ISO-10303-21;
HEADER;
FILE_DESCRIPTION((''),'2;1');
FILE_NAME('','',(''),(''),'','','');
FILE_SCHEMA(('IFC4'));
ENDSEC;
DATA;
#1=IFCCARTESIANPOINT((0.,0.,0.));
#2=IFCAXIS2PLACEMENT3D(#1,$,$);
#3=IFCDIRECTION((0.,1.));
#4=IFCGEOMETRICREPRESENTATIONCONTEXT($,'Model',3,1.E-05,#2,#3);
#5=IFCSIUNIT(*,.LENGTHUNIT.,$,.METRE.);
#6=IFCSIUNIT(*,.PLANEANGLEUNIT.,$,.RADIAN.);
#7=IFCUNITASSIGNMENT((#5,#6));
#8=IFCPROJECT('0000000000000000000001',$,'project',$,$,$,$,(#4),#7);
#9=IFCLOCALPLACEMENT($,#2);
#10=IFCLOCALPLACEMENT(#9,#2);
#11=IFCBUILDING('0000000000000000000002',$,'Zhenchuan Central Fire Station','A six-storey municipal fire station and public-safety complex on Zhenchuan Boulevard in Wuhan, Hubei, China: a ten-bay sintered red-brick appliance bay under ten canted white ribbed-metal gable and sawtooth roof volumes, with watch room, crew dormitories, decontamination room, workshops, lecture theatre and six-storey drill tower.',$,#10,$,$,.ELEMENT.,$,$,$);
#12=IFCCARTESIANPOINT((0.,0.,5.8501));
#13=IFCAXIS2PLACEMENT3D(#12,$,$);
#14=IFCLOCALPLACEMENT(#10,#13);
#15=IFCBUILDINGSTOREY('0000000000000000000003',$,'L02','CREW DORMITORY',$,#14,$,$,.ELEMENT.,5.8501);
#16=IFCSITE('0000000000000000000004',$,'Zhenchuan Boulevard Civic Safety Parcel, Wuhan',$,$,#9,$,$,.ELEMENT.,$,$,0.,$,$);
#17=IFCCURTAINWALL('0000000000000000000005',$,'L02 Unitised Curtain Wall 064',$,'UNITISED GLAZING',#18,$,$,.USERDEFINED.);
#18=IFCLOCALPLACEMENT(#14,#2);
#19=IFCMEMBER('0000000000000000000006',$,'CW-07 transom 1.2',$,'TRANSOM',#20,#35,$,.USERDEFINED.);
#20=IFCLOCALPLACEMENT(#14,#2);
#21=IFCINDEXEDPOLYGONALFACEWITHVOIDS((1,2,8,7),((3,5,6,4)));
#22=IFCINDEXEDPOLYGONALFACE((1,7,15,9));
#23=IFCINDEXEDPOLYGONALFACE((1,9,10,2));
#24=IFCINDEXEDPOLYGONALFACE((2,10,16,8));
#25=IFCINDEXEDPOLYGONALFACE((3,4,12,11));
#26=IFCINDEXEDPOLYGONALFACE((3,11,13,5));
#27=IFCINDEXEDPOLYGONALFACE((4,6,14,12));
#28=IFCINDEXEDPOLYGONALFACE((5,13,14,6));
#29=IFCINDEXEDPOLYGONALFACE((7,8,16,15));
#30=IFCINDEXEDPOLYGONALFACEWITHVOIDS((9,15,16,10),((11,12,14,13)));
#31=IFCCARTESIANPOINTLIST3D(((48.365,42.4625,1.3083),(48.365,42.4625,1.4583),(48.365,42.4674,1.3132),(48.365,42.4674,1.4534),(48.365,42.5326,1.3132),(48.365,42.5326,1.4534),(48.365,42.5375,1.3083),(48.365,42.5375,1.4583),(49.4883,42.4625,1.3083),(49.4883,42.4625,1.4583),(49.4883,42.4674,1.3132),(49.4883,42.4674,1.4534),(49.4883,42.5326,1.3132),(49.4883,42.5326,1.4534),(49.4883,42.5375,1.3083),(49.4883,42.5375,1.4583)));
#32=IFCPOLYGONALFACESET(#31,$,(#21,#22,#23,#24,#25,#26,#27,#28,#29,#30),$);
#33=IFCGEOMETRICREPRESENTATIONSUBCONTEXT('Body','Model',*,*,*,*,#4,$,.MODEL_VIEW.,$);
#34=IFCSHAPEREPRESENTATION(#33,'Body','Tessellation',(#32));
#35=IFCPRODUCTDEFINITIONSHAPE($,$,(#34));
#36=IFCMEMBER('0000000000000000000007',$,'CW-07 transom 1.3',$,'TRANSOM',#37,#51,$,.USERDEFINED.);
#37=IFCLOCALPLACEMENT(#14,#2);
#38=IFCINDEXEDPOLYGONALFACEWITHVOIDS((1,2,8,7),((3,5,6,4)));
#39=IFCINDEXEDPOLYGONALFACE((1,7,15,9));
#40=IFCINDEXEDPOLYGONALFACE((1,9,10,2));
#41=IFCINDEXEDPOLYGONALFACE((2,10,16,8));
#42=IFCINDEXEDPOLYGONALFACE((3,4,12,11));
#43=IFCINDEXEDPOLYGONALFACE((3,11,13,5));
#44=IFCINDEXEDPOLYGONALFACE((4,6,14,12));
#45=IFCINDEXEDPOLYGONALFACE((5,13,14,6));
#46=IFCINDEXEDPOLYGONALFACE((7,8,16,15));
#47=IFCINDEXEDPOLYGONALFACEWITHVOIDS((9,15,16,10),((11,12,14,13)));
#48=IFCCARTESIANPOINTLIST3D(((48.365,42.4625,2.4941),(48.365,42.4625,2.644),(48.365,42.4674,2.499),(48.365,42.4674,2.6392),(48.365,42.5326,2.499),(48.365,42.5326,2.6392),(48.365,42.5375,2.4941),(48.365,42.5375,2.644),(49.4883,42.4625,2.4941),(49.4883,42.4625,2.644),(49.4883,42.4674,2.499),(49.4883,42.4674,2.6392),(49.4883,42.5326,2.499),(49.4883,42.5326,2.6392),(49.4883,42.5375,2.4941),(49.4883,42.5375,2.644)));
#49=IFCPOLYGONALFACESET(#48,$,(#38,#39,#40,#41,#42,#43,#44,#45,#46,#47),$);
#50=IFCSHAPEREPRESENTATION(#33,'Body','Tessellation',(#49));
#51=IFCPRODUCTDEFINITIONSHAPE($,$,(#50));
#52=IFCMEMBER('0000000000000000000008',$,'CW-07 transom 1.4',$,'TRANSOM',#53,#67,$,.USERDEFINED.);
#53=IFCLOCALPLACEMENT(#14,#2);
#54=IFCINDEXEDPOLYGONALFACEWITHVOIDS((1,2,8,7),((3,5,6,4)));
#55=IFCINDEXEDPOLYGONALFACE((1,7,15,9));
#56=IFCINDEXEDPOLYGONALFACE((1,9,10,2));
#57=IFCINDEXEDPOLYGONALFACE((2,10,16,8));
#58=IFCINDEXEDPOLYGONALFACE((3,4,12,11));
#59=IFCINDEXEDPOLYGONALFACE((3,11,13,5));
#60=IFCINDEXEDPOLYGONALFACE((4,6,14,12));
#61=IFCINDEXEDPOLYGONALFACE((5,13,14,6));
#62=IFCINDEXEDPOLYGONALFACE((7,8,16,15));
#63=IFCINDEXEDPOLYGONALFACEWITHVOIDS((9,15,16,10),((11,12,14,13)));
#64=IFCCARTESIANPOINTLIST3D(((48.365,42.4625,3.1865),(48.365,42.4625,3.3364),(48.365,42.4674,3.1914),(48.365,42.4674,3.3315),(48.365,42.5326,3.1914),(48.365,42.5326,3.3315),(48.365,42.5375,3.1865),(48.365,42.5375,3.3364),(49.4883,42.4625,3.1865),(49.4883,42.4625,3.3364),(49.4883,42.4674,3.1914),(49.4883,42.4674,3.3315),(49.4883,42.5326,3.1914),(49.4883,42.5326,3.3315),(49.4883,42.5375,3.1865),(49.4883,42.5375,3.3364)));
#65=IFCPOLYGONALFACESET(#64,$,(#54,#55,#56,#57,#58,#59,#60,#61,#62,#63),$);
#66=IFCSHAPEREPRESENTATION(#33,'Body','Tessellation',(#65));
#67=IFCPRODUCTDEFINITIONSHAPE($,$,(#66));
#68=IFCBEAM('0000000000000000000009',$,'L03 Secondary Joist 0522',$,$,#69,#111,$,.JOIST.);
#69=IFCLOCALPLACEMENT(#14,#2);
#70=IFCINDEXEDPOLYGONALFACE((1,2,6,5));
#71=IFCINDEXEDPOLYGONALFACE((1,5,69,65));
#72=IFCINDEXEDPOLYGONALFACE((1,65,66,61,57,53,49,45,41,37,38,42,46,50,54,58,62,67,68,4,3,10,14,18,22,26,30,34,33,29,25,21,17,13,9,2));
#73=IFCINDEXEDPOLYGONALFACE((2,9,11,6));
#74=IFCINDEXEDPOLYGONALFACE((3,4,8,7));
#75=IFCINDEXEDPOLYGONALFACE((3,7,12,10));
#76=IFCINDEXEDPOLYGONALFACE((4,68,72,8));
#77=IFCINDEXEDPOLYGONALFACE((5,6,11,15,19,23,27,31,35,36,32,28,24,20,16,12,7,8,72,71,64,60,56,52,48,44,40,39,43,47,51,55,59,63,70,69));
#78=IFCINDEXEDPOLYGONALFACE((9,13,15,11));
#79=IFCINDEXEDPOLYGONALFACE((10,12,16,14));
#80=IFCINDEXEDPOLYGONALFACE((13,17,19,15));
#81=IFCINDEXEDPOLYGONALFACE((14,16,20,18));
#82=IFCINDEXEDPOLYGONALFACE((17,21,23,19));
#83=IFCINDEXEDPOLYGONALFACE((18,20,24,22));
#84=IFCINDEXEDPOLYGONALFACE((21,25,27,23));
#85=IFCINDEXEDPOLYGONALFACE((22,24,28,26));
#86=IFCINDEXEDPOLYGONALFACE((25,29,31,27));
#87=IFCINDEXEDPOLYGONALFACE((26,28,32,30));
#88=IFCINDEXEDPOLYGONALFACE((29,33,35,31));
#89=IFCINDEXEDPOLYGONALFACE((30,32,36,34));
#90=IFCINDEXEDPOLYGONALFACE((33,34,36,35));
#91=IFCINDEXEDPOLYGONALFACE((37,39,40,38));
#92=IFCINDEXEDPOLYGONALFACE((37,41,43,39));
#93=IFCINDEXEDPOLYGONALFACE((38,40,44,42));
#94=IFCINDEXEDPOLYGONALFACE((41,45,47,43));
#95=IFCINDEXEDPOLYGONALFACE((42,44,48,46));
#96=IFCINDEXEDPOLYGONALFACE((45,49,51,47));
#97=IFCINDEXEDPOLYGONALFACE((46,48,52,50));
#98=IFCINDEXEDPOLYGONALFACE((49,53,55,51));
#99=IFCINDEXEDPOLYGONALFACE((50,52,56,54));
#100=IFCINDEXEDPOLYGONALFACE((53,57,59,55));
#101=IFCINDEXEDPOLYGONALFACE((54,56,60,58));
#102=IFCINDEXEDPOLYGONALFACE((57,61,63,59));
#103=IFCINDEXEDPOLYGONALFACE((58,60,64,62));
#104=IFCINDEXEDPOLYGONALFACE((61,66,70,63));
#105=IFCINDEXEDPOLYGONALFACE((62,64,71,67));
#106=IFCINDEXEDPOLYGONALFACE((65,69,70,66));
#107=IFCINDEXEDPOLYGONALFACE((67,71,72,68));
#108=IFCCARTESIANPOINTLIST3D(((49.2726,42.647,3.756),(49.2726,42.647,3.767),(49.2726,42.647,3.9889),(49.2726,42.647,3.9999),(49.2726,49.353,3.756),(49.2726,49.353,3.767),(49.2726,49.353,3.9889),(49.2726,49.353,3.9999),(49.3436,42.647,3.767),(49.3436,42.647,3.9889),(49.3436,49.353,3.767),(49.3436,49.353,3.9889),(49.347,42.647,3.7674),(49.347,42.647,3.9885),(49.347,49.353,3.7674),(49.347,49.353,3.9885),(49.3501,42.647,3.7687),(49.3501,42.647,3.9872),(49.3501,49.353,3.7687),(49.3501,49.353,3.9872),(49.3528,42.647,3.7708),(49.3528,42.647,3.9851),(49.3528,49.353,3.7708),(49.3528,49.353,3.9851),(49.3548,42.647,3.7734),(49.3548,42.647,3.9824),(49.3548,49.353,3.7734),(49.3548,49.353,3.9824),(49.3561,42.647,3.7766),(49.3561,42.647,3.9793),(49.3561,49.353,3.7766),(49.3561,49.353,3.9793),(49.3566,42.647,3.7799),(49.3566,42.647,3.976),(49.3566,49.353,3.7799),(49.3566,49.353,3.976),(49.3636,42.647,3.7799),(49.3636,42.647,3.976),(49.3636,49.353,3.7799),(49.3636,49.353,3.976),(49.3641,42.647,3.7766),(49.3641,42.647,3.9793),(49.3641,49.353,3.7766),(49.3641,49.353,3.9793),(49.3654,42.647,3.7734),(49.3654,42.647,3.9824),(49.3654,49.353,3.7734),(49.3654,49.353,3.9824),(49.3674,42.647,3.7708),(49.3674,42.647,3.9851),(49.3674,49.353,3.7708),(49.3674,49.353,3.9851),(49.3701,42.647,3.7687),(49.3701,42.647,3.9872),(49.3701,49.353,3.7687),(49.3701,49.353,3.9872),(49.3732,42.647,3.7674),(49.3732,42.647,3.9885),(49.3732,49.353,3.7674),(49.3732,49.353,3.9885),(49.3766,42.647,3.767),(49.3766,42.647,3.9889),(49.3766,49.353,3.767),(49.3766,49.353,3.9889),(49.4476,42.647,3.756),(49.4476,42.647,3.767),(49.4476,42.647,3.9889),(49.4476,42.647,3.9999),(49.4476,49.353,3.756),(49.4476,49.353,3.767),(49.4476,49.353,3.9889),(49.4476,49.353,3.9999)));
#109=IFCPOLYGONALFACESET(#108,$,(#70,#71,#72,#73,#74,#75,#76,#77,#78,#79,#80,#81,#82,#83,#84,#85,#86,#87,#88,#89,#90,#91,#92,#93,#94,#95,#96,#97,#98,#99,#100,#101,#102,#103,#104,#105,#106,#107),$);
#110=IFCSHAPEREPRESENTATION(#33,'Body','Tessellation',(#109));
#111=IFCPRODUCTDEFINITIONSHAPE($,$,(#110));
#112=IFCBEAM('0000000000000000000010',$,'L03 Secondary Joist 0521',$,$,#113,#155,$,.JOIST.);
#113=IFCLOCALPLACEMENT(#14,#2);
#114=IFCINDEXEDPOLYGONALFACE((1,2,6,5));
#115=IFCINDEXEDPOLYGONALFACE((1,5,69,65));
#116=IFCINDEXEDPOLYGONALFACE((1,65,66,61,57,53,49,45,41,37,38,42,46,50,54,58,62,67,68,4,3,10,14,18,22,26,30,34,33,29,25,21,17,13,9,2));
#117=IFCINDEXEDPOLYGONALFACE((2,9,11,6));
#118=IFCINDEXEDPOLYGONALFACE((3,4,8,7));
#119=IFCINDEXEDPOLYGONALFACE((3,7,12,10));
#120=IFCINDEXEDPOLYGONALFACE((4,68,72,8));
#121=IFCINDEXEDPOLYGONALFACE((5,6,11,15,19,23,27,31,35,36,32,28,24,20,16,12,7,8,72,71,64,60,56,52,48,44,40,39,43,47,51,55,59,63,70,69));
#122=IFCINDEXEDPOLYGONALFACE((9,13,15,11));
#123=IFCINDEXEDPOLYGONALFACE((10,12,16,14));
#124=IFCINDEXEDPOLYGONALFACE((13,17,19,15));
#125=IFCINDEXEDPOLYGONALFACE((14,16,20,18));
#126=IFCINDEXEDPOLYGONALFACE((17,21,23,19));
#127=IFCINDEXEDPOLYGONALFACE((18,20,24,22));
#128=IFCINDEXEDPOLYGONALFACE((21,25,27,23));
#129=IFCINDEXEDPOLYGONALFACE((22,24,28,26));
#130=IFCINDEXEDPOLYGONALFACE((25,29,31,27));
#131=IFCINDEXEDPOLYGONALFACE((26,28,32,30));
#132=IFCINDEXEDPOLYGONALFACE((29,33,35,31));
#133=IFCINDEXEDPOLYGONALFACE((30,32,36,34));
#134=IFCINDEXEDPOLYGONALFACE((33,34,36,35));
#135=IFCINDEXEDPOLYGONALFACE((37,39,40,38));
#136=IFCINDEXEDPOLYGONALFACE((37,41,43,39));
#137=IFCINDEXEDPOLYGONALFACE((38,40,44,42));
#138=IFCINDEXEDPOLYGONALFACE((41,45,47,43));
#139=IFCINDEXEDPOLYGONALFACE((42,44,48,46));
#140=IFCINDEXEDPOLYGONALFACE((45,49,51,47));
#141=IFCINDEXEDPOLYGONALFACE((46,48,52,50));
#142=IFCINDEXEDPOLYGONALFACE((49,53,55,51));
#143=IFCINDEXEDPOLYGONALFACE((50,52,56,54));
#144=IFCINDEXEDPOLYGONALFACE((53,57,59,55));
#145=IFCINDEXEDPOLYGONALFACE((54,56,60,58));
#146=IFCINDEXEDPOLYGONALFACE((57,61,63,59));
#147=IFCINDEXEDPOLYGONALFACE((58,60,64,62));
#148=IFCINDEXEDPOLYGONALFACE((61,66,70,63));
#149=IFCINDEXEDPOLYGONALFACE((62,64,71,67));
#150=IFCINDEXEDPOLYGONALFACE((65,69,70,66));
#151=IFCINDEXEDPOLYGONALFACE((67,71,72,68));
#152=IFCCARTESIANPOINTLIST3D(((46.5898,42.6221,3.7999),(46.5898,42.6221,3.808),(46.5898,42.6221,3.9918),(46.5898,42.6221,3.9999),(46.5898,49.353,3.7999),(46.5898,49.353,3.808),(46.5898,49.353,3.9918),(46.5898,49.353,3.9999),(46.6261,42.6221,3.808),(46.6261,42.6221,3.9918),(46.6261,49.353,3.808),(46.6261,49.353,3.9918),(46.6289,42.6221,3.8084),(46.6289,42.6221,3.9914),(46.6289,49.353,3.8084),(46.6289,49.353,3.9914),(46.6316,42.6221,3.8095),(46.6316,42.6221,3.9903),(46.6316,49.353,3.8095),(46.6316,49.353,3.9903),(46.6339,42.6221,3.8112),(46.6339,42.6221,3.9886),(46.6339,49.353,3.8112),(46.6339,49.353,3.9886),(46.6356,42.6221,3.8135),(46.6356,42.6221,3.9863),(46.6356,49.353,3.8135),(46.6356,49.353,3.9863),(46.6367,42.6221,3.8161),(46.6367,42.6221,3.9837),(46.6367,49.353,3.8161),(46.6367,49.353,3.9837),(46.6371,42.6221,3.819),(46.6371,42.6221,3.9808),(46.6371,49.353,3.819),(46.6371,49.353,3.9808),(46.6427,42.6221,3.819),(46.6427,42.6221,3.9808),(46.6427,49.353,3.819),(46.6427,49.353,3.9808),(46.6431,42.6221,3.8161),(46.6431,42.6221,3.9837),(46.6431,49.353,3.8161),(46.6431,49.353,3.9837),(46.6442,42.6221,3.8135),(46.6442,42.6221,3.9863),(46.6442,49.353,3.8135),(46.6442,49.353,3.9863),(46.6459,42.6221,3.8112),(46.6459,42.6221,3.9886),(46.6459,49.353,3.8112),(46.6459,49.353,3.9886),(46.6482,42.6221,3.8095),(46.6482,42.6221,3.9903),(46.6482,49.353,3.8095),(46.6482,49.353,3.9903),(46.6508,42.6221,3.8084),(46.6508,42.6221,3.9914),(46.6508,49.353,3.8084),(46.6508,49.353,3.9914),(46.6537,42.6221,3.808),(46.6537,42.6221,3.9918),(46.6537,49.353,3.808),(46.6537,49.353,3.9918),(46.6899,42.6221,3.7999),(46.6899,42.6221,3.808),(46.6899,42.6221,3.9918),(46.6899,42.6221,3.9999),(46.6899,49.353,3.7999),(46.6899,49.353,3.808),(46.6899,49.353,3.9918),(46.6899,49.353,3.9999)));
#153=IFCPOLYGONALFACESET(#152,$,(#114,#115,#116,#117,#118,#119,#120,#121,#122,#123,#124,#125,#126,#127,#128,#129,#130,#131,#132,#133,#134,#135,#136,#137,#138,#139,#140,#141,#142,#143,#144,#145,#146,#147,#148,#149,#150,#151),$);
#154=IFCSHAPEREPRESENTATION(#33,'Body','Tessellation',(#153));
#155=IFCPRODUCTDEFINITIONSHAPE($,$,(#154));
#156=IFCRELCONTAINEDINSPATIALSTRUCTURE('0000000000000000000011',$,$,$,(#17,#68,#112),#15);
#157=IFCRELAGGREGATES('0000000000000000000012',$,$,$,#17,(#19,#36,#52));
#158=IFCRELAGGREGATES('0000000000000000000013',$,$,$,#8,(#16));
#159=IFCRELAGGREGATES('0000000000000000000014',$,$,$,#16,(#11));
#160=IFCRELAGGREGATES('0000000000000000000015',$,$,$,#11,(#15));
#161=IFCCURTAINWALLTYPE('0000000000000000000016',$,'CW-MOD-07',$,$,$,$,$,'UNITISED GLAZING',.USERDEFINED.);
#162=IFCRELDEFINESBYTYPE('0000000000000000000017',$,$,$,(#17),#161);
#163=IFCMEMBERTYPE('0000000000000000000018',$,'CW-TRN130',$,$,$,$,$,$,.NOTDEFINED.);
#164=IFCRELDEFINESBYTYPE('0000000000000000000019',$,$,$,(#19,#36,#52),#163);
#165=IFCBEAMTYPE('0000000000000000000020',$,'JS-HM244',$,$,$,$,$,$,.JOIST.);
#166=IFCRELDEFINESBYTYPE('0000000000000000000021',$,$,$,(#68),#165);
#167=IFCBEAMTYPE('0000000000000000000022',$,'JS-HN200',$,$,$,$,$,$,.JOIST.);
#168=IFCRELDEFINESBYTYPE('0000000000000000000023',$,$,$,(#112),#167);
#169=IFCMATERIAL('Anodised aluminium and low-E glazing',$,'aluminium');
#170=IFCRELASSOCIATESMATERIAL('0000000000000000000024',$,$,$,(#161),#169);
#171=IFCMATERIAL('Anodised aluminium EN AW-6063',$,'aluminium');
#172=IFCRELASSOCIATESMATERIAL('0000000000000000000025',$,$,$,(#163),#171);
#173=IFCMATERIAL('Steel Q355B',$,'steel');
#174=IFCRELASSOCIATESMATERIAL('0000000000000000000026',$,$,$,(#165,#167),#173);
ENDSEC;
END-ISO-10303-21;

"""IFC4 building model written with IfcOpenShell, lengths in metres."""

from ifc_helpers import new_model, si_unit, direction, frame, origin, origin_2d, place, context, subcontext, project, spatial, hollow_rectangle, i_section, extrude, material, material_profile, profile_set, type_object, element, aggregate, save


model = new_model("IFC4")

# Units and contexts
model_context = context("Model", 3, precision=1e-05, world=origin(), true_north=direction((0.0, 1.0)))
body_context = subcontext(model_context, "Body", "Model", "MODEL_VIEW")
ifc_project = project(units=[si_unit("LENGTHUNIT", "METRE"), si_unit("PLANEANGLEUNIT", "RADIAN")], contexts=[model_context])

# Site, building, storey
site_placement = place(None, origin())
site = spatial("IfcSite", under=ifc_project, at=site_placement, Name="Zhenchuan Boulevard Civic Safety Parcel, Wuhan", CompositionType="ELEMENT", RefElevation=0.0)
building_placement = place(site_placement, origin())
building = spatial("IfcBuilding", under=site, at=building_placement, Name="Zhenchuan Central Fire Station", Description="A six-storey municipal fire station and public-safety complex on Zhenchuan Boulevard in Wuhan, Hubei, China: a ten-bay sintered red-brick appliance bay under ten canted white ribbed-metal gable and sawtooth roof volumes, with watch room, crew dormitories, decontamination room, workshops, lecture theatre and six-storey drill tower.", CompositionType="ELEMENT")
storey_placement = place(building_placement, frame((0.0, 0.0, 5.8501)))
storey = spatial("IfcBuildingStorey", under=building, at=storey_placement, Name="L02", Description="CREW DORMITORY", CompositionType="ELEMENT", Elevation=5.8501)

# Shared definitions
ifc_material_1 = material(Name="Steel Q355B", Category="steel")

# Shared definitions
ifc_material_2 = material(Name="Anodised aluminium and low-E glazing", Category="aluminium")
curtain_wall_type = type_object("IfcCurtainWallType", Name="CW-MOD-07", ElementType="UNITISED GLAZING", PredefinedType="USERDEFINED", material=ifc_material_2)
ifc_material_3 = material(Name="Anodised aluminium EN AW-6063", Category="aluminium")

# Curtain wall
curtain_wall_1_placement = place(storey_placement, origin())
curtain_wall_1 = element("IfcCurtainWall", 1, at=curtain_wall_1_placement, inside=storey, type_object=curtain_wall_type, Name="L02 Unitised Curtain Wall 064", ObjectType="UNITISED GLAZING", PredefinedType="USERDEFINED")

# Members
ifc_material_profile_1 = material_profile(ifc_material_3, hollow_rectangle(XDim=0.075, YDim=0.1499, WallThickness=0.0049, at=origin_2d()), Name="ALU-T 150x75")
ifc_profile_set_1 = profile_set([ifc_material_profile_1], Name="Anodised aluminium EN AW-6063")
member_type_1 = type_object("IfcMemberType", Name="CW-TRN130", PredefinedType="NOTDEFINED", material=ifc_profile_set_1)
member_1_placement = place(storey_placement, frame((48.365, 42.5, 1.3833), z_axis=(1.0, 0.0, 0.0), x_axis=(0.0, 1.0, 0.0)))
member_1 = element("IfcMember", 2, at=member_1_placement, type_object=member_type_1, Name="CW-07 transom 1.2", ObjectType="TRANSOM", PredefinedType="USERDEFINED", context=body_context, shape_type="SweptSolid", body=[
    extrude(hollow_rectangle(XDim=0.075, YDim=0.1499, WallThickness=0.0049, at=origin_2d()), origin(), (0.0, 0.0, 1.0), 1.1233),
])
member_2_placement = place(storey_placement, frame((48.365, 42.5, 2.5691), z_axis=(1.0, 0.0, 0.0), x_axis=(0.0, 1.0, 0.0)))
member_2 = element("IfcMember", 3, at=member_2_placement, type_object=member_type_1, Name="CW-07 transom 1.3", ObjectType="TRANSOM", PredefinedType="USERDEFINED", context=body_context, shape_type="SweptSolid", body=[
    extrude(hollow_rectangle(XDim=0.075, YDim=0.1499, WallThickness=0.0049, at=origin_2d()), origin(), (0.0, 0.0, 1.0), 1.1233),
])
member_3_placement = place(storey_placement, frame((48.365, 42.5, 3.2615), z_axis=(1.0, 0.0, 0.0), x_axis=(0.0, 1.0, 0.0)))
member_3 = element("IfcMember", 4, at=member_3_placement, type_object=member_type_1, Name="CW-07 transom 1.4", ObjectType="TRANSOM", PredefinedType="USERDEFINED", context=body_context, shape_type="SweptSolid", body=[
    extrude(hollow_rectangle(XDim=0.075, YDim=0.1499, WallThickness=0.0049, at=origin_2d()), origin(), (0.0, 0.0, 1.0), 1.1233),
])

# Beams
ifc_material_profile_2 = material_profile(ifc_material_1, i_section(OverallWidth=0.175, OverallDepth=0.2439, WebThickness=0.0071, FlangeThickness=0.011, FilletRadius=0.0129, at=origin_2d()), Name="HM 244x175")
ifc_profile_set_2 = profile_set([ifc_material_profile_2], Name="Steel Q355B")
beam_type_1 = type_object("IfcBeamType", Name="JS-HM244", PredefinedType="JOIST", material=ifc_profile_set_2)
beam_1_placement = place(storey_placement, frame((49.3601, 42.647, 3.8779), z_axis=(0.0, 1.0, 0.0), x_axis=(-1.0, 0.0, 0.0)))
element("IfcBeam", 5, at=beam_1_placement, inside=storey, type_object=beam_type_1, Name="L03 Secondary Joist 0522", PredefinedType="JOIST", context=body_context, shape_type="SweptSolid", body=[
    extrude(i_section(OverallWidth=0.175, OverallDepth=0.2439, WebThickness=0.0071, FlangeThickness=0.011, FilletRadius=0.0129, at=origin_2d()), origin(), (0.0, 0.0, 1.0), 6.7061),
])
ifc_material_profile_3 = material_profile(ifc_material_1, i_section(OverallWidth=0.1001, OverallDepth=0.2, WebThickness=0.0056, FlangeThickness=0.0081, FilletRadius=0.011, at=origin_2d()), Name="HN 200x100")
ifc_profile_set_3 = profile_set([ifc_material_profile_3], Name="Steel Q355B")
beam_type_2 = type_object("IfcBeamType", Name="JS-HN200", PredefinedType="JOIST", material=ifc_profile_set_3)
beam_2_placement = place(storey_placement, frame((46.6399, 42.6221, 3.8999), z_axis=(0.0, 1.0, 0.0), x_axis=(-1.0, 0.0, 0.0)))
element("IfcBeam", 6, at=beam_2_placement, inside=storey, type_object=beam_type_2, Name="L03 Secondary Joist 0521", PredefinedType="JOIST", context=body_context, shape_type="SweptSolid", body=[
    extrude(i_section(OverallWidth=0.1001, OverallDepth=0.2, WebThickness=0.0056, FlangeThickness=0.0081, FilletRadius=0.011, at=origin_2d()), origin(), (0.0, 0.0, 1.0), 6.731),
])

aggregate(curtain_wall_1, [member_1, member_2, member_3])

save(model, "model.ifc")
